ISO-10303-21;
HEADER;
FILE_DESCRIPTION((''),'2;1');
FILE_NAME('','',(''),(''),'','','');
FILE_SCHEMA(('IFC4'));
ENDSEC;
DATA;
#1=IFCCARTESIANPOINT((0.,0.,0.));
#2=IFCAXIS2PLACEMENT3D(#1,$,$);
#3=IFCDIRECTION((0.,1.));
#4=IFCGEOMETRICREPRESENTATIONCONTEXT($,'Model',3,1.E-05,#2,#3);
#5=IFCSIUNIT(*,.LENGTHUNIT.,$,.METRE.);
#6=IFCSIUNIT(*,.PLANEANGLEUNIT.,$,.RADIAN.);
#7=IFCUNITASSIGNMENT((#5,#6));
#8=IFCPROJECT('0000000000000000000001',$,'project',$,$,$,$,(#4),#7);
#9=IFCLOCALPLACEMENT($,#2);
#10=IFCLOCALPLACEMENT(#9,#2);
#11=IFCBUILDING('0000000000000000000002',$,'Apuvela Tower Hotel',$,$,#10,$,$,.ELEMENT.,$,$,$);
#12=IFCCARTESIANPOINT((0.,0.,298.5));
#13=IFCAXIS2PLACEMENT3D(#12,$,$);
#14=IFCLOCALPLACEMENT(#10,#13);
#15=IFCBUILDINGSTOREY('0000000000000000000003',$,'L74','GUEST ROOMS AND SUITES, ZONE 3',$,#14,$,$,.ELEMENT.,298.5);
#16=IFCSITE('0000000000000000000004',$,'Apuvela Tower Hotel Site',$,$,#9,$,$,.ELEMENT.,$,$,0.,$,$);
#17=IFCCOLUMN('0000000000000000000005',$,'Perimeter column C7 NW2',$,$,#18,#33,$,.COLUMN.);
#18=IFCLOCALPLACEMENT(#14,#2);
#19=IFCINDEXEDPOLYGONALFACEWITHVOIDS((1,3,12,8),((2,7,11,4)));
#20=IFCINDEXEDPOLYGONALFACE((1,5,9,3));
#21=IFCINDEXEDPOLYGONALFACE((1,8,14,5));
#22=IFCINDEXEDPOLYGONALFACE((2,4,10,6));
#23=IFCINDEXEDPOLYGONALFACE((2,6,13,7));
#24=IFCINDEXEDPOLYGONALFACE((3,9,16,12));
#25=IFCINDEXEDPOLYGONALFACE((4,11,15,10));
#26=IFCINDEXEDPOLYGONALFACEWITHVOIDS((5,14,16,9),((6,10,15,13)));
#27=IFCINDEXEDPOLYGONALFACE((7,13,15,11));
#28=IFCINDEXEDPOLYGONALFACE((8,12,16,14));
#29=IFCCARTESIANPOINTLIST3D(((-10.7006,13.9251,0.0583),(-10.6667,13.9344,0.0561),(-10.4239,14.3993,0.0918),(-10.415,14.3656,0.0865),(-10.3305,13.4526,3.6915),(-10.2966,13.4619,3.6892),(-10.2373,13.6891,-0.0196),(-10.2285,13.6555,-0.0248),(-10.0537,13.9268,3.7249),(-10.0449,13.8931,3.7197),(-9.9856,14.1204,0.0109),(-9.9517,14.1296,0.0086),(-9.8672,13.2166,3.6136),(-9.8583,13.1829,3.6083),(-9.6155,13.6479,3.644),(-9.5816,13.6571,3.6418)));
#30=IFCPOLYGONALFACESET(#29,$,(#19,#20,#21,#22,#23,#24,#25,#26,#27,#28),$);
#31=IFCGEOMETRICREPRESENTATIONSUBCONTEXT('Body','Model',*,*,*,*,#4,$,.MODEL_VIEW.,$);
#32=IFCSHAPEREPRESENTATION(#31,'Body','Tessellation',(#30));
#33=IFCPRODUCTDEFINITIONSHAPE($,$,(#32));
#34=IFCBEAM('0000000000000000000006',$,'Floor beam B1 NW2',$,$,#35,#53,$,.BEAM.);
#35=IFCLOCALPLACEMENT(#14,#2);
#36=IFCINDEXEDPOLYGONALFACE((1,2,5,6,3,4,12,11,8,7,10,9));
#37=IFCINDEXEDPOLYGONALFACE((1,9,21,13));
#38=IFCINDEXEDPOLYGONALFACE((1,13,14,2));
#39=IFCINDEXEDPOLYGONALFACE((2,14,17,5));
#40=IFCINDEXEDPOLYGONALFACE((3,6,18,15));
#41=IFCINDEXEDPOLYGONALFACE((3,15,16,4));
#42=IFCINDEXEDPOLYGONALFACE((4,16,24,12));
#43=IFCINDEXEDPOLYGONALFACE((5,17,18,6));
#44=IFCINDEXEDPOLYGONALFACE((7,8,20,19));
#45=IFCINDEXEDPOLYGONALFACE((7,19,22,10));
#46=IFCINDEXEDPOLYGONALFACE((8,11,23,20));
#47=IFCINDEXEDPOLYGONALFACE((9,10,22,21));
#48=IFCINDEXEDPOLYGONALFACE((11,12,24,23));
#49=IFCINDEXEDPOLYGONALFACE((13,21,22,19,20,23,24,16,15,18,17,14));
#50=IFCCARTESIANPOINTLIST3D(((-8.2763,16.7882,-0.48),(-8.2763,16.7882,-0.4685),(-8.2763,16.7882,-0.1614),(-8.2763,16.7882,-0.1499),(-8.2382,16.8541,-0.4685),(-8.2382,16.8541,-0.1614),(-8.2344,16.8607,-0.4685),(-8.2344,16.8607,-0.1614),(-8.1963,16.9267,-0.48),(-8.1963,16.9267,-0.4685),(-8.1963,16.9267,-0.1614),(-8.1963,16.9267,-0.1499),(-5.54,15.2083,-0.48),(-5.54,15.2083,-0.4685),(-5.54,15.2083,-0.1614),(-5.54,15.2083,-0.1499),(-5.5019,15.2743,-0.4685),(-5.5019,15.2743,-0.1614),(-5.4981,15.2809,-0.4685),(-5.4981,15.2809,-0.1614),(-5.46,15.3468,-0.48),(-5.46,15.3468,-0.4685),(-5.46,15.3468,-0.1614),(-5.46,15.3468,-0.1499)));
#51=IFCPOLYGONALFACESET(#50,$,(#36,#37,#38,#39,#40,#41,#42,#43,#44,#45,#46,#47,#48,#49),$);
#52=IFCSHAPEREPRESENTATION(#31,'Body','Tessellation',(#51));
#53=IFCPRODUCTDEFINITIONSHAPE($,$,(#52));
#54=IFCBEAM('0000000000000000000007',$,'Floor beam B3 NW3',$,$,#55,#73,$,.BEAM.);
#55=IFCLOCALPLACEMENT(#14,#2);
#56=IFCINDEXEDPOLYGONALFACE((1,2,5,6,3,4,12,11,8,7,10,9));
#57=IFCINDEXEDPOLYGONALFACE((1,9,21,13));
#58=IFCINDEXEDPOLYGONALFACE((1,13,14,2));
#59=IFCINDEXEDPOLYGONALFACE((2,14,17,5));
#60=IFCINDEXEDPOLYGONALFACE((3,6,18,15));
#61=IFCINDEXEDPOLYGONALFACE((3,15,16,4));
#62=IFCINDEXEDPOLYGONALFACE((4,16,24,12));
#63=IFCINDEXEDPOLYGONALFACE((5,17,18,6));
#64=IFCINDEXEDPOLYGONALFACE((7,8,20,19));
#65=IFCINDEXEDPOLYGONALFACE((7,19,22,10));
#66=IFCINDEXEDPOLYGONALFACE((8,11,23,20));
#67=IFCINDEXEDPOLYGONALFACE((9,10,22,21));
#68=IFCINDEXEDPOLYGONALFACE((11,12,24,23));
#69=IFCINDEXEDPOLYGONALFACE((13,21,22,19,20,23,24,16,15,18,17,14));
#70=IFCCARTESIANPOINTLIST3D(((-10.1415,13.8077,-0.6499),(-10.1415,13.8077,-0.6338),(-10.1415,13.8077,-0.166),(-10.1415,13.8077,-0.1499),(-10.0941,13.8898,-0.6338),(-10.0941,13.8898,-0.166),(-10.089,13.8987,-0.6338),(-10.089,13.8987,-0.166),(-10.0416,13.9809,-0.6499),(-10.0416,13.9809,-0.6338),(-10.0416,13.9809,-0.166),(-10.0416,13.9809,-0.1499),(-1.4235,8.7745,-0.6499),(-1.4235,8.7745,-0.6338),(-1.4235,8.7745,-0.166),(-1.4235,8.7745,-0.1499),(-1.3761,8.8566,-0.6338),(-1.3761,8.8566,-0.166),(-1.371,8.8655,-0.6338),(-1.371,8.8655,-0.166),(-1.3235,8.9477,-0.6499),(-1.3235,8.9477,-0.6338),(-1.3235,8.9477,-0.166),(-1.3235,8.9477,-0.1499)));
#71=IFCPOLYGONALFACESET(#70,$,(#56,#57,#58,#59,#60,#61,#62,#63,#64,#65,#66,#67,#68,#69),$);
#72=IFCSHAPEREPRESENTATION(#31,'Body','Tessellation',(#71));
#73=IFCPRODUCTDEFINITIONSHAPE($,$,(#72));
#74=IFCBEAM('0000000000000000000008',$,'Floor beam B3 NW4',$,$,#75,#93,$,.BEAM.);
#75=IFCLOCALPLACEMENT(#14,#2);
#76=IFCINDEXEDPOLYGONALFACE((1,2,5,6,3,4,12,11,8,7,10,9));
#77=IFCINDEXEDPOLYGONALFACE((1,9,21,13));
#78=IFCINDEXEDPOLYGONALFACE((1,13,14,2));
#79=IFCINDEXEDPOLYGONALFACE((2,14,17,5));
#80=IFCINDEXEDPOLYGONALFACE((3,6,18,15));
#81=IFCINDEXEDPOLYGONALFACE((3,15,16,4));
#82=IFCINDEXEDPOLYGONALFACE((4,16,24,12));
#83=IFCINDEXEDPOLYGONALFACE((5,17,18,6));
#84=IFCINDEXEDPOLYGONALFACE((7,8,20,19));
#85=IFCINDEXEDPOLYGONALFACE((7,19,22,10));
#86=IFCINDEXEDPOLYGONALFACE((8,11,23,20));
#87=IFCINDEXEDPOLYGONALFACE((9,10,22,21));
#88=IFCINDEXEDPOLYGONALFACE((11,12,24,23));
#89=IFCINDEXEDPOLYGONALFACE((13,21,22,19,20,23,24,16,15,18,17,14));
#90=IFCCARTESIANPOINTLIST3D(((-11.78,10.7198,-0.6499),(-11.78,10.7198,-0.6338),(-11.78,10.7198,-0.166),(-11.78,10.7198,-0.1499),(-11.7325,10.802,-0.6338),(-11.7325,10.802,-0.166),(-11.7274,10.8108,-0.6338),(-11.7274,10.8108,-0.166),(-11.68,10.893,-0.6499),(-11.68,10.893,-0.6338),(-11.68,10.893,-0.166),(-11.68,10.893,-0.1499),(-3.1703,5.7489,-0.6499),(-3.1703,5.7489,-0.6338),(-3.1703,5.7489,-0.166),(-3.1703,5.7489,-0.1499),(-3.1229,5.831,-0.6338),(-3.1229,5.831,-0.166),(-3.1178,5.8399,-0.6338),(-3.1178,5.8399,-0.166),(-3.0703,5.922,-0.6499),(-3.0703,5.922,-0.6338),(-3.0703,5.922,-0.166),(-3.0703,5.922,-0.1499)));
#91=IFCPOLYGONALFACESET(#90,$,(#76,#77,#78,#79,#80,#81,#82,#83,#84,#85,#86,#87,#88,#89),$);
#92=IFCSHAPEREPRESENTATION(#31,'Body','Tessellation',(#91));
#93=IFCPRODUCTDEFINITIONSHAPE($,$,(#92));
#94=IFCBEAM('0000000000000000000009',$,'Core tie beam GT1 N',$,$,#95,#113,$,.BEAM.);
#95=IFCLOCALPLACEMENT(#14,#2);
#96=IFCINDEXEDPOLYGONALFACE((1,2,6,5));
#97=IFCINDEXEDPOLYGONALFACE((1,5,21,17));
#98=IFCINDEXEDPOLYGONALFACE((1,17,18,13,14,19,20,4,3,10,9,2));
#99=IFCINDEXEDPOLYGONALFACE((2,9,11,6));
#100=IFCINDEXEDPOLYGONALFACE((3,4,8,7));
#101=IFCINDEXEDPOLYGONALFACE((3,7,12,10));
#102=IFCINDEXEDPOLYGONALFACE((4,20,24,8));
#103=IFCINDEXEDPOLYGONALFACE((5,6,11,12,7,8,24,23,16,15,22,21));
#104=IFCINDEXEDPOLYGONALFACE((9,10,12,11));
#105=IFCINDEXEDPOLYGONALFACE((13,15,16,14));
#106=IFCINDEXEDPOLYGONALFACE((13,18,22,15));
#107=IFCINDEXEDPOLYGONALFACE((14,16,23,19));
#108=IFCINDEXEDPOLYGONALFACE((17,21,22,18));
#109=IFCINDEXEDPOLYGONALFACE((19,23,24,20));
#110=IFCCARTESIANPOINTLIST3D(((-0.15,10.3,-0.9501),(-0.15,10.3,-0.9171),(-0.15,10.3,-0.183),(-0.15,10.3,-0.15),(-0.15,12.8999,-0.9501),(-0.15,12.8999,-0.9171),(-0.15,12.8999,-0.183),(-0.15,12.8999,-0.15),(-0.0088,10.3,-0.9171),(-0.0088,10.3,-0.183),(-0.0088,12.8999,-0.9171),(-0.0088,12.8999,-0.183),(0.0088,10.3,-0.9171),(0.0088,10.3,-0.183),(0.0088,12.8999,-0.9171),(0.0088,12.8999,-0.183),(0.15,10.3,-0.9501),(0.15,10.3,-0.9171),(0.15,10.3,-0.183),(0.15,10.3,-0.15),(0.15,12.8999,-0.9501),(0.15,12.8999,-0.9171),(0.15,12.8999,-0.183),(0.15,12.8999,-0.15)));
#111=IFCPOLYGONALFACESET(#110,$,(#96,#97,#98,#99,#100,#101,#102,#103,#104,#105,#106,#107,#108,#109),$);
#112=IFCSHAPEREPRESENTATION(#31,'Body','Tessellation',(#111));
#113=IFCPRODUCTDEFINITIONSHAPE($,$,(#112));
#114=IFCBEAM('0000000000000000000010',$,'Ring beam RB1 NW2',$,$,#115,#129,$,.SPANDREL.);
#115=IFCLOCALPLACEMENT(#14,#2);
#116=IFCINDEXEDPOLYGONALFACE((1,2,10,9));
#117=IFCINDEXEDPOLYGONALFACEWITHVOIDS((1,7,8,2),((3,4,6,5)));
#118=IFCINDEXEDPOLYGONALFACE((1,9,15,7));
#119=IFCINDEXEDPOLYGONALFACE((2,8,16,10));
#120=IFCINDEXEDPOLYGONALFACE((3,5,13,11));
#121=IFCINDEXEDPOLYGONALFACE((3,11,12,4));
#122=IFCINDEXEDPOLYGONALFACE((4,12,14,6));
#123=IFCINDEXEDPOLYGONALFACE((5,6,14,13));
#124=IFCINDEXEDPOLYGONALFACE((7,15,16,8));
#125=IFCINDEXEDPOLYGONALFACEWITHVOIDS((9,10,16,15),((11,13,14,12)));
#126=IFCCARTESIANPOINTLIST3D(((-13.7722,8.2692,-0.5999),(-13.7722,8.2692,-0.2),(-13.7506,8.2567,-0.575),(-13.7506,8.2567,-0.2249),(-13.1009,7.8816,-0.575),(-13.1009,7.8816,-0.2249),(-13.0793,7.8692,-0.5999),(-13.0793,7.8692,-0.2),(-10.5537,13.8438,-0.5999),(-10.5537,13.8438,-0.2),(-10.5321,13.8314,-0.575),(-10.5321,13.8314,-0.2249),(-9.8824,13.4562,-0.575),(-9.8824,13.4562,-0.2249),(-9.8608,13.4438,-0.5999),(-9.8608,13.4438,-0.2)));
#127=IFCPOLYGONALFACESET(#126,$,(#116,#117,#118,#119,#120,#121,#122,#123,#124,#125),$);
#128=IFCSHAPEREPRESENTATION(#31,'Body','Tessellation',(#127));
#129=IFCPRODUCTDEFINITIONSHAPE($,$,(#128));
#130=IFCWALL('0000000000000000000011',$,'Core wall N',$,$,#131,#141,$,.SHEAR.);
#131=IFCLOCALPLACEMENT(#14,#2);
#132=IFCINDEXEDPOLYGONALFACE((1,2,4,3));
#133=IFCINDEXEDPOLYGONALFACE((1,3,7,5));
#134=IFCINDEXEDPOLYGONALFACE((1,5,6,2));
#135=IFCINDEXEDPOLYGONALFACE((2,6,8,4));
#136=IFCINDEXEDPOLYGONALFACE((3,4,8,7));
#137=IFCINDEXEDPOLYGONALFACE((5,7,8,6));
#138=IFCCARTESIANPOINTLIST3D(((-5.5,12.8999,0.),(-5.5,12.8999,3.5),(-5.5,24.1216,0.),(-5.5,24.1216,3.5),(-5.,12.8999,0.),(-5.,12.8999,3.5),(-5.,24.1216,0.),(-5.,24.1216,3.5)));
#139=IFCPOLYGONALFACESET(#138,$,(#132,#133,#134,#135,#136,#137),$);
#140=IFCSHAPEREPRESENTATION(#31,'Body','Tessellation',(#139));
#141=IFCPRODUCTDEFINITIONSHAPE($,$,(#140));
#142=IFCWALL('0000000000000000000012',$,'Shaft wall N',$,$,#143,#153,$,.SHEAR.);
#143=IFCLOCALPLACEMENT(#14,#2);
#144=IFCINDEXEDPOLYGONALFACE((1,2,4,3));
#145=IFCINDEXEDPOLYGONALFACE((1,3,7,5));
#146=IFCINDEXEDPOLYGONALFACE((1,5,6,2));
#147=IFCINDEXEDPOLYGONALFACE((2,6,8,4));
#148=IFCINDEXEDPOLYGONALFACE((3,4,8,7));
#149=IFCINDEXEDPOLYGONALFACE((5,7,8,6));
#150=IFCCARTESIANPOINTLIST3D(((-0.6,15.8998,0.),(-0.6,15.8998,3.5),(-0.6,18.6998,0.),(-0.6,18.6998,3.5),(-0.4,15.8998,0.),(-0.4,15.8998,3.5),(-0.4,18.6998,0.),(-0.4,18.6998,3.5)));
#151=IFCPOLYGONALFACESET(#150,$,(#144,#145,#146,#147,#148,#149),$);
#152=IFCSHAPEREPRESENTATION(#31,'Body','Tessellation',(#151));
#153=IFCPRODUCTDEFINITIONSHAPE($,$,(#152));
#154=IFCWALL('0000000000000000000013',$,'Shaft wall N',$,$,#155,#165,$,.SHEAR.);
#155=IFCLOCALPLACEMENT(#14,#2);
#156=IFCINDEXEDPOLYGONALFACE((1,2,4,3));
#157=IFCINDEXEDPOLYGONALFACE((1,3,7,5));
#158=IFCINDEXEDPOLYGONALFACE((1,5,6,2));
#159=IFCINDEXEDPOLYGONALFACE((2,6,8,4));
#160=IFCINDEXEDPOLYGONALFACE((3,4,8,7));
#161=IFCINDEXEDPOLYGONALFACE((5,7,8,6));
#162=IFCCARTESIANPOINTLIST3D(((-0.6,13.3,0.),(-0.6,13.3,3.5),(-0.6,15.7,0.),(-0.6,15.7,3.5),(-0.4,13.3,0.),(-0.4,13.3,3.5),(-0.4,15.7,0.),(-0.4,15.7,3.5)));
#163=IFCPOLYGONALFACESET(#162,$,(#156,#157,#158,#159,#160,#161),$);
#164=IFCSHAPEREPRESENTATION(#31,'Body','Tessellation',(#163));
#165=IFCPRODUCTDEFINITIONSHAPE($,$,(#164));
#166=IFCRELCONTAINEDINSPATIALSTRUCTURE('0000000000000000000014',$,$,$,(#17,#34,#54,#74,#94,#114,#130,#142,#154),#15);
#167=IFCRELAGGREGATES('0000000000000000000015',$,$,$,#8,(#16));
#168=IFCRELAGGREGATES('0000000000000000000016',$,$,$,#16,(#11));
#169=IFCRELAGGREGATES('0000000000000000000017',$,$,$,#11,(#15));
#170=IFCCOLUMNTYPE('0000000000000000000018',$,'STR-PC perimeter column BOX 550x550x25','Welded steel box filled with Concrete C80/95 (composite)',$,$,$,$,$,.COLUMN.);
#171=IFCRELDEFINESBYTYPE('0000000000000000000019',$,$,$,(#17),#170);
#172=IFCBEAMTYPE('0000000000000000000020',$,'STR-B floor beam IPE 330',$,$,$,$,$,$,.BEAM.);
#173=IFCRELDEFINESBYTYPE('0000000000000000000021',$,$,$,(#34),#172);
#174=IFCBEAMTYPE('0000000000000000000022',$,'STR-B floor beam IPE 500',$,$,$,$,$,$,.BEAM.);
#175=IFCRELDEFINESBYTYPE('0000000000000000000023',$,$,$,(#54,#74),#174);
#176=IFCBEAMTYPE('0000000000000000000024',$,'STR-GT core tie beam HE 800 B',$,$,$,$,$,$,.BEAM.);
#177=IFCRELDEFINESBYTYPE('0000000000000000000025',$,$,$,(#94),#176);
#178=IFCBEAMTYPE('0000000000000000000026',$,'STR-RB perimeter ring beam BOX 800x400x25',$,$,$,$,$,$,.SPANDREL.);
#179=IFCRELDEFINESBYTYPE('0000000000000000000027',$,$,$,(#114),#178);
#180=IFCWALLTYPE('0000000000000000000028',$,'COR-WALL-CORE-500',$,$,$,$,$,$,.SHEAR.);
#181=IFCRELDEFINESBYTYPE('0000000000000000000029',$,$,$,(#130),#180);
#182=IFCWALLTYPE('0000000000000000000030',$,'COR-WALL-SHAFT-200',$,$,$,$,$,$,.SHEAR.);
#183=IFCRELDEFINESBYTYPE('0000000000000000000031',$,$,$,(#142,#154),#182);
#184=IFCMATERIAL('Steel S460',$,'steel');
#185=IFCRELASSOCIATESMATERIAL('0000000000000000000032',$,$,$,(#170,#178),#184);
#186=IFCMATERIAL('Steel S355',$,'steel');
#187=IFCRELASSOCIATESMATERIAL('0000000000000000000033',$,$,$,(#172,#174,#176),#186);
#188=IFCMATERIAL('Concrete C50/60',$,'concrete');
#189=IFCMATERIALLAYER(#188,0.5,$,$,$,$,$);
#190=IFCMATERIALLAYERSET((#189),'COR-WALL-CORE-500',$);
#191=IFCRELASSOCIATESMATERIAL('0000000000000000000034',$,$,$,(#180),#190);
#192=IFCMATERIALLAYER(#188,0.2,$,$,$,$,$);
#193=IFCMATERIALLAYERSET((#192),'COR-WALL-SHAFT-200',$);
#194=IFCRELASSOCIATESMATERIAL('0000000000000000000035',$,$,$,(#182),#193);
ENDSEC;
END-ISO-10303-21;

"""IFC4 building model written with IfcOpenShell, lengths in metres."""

from ifc_helpers import new_model, si_unit, direction, frame, frame_2d, origin, origin_2d, place, context, subcontext, project, spatial, rectangle, hollow_rectangle, i_section, extrude, boolean, halfspace, material, layer, layer_set, material_profile, profile_set, type_object, element, save


model = new_model("IFC4")

# Units and contexts
model_context = context("Model", 3, precision=1e-05, world=origin(), true_north=direction((0.0, 1.0)))
body_context = subcontext(model_context, "Body", "Model", "MODEL_VIEW")
ifc_project = project(units=[si_unit("LENGTHUNIT", "METRE"), si_unit("PLANEANGLEUNIT", "RADIAN")], contexts=[model_context])

# Site, building, storey
site_placement = place(None, origin())
site = spatial("IfcSite", under=ifc_project, at=site_placement, Name="Apuvela Tower Hotel Site", CompositionType="ELEMENT", RefElevation=0.0)
building_placement = place(site_placement, origin())
building = spatial("IfcBuilding", under=site, at=building_placement, Name="Apuvela Tower Hotel", CompositionType="ELEMENT")
storey_placement = place(building_placement, frame((0.0, 0.0, 298.5)))
storey = spatial("IfcBuildingStorey", under=building, at=storey_placement, Name="L74", Description="GUEST ROOMS AND SUITES, ZONE 3", CompositionType="ELEMENT", Elevation=298.5)

# Column
ifc_material_1 = material(Name="Steel S460", Category="steel")
ifc_material_profile_1 = material_profile(ifc_material_1, hollow_rectangle(XDim=0.55, YDim=0.55, WallThickness=0.0249, at=origin_2d()), Name="BOX 550x550x25")
ifc_material_2 = material(Name="Concrete C80/95", Category="concrete")
ifc_material_profile_2 = material_profile(ifc_material_2, rectangle(XDim=0.5, YDim=0.5, at=origin_2d()), Name="Concrete C80/95 infill")
ifc_profile_set_1 = profile_set([ifc_material_profile_1, ifc_material_profile_2], Name="Steel S460")
column_type = type_object("IfcColumnType", Name="STR-PC perimeter column BOX 550x550x25", Description="Welded steel box filled with Concrete C80/95 (composite)", PredefinedType="COLUMN", material=ifc_profile_set_1)
column_placement = place(storey_placement, frame((-10.3296, 14.0317, 0.0), z_axis=(0.100518, -0.128317, 0.986626), x_axis=(0.503129, 0.862066, 0.060858)))
element("IfcColumn", 1, at=column_placement, inside=storey, type_object=column_type, Name="Perimeter column C7 NW2", PredefinedType="COLUMN", context=body_context, shape_type="SweptSolid", body=[
    boolean("DIFFERENCE", boolean("DIFFERENCE", extrude(hollow_rectangle(XDim=0.55, YDim=0.55, WallThickness=0.0249, at=origin_2d()), origin(), (0.0, 0.0, 1.0), 3.75), halfspace(frame((0.0, 0.0, 0.0339), z_axis=(0.0, 0.0, 1.0), x_axis=(1.0, 0.0, 0.0)), True)), halfspace(frame((0.0, 0.0, 3.7163), z_axis=(0.0, 0.0, 1.0), x_axis=(1.0, 0.0, 0.0)), False)),
])

# Beams
ifc_material_3 = material(Name="Steel S355", Category="steel")
ifc_material_profile_3 = material_profile(ifc_material_3, i_section(OverallWidth=0.1599, OverallDepth=0.3301, WebThickness=0.0076, FlangeThickness=0.0115, at=origin_2d()), Name="IPE 330")
ifc_profile_set_2 = profile_set([ifc_material_profile_3], Name="Steel S355")
beam_type_1 = type_object("IfcBeamType", Name="STR-B floor beam IPE 330", PredefinedType="BEAM", material=ifc_profile_set_2)
beam_1_placement = place(storey_placement, frame((-8.2363, 16.8574, -0.3149), z_axis=(0.866023, -0.500003, 0.0), x_axis=(0.500003, 0.866023, 0.0)))
element("IfcBeam", 2, at=beam_1_placement, inside=storey, type_object=beam_type_1, Name="Floor beam B1 NW2", PredefinedType="BEAM", context=body_context, shape_type="SweptSolid", body=[
    extrude(i_section(OverallWidth=0.1599, OverallDepth=0.3301, WebThickness=0.0076, FlangeThickness=0.0115, at=origin_2d()), origin(), (0.0, 0.0, 1.0), 3.1597),
])
ifc_material_profile_4 = material_profile(ifc_material_3, i_section(OverallWidth=0.2, OverallDepth=0.5, WebThickness=0.0103, FlangeThickness=0.0161, at=origin_2d()), Name="IPE 500")
ifc_profile_set_3 = profile_set([ifc_material_profile_4], Name="Steel S355")
beam_type_2 = type_object("IfcBeamType", Name="STR-B floor beam IPE 500", PredefinedType="BEAM", material=ifc_profile_set_3)
beam_2_placement = place(storey_placement, frame((-10.0916, 13.8943, -0.3999), z_axis=(0.866032, -0.499989, 0.0), x_axis=(0.499989, 0.866032, 0.0)))
element("IfcBeam", 3, at=beam_2_placement, inside=storey, type_object=beam_type_2, Name="Floor beam B3 NW3", PredefinedType="BEAM", context=body_context, shape_type="SweptSolid", body=[
    extrude(i_section(OverallWidth=0.2, OverallDepth=0.5, WebThickness=0.0103, FlangeThickness=0.0161, at=origin_2d()), origin(), (0.0, 0.0, 1.0), 10.0667),
])
beam_3_placement = place(storey_placement, frame((-11.73, 10.8064, -0.3999), z_axis=(0.866018, -0.500014, 0.0), x_axis=(0.500014, 0.866018, 0.0)))
element("IfcBeam", 4, at=beam_3_placement, inside=storey, type_object=beam_type_2, Name="Floor beam B3 NW4", PredefinedType="BEAM", context=body_context, shape_type="SweptSolid", body=[
    extrude(i_section(OverallWidth=0.2, OverallDepth=0.5, WebThickness=0.0103, FlangeThickness=0.0161, at=origin_2d()), origin(), (0.0, 0.0, 1.0), 9.9417),
])
ifc_material_profile_5 = material_profile(ifc_material_3, i_section(OverallWidth=0.3, OverallDepth=0.8, WebThickness=0.0176, FlangeThickness=0.033, at=origin_2d()), Name="HE 800 B")
ifc_profile_set_4 = profile_set([ifc_material_profile_5], Name="Steel S355")
beam_type_3 = type_object("IfcBeamType", Name="STR-GT core tie beam HE 800 B", PredefinedType="BEAM", material=ifc_profile_set_4)
beam_4_placement = place(storey_placement, frame((0.0, 12.8999, -0.55), z_axis=(0.0, -1.0, 0.0), x_axis=(1.0, 0.0, 0.0)))
element("IfcBeam", 5, at=beam_4_placement, inside=storey, type_object=beam_type_3, Name="Core tie beam GT1 N", PredefinedType="BEAM", context=body_context, shape_type="SweptSolid", body=[
    extrude(i_section(OverallWidth=0.3, OverallDepth=0.8, WebThickness=0.0176, FlangeThickness=0.033, at=origin_2d()), origin(), (0.0, 0.0, 1.0), 2.5999),
])
ifc_material_profile_6 = material_profile(ifc_material_1, hollow_rectangle(XDim=0.8, YDim=0.3999, WallThickness=0.0249, at=origin_2d()), Name="BOX 800x400x25")
ifc_profile_set_5 = profile_set([ifc_material_profile_6], Name="Steel S460")
beam_type_4 = type_object("IfcBeamType", Name="STR-RB perimeter ring beam BOX 800x400x25", PredefinedType="SPANDREL", material=ifc_profile_set_5)
beam_5_placement = place(storey_placement, frame((-10.2073, 13.6438, -0.3999), z_axis=(-0.499994, -0.866029, 0.0), x_axis=(0.866029, -0.499994, 0.0)))
element("IfcBeam", 6, at=beam_5_placement, inside=storey, type_object=beam_type_4, Name="Ring beam RB1 NW2", PredefinedType="SPANDREL", context=body_context, shape_type="SweptSolid", body=[
    extrude(hollow_rectangle(XDim=0.8, YDim=0.3999, WallThickness=0.0249, at=origin_2d()), origin(), (0.0, 0.0, 1.0), 6.437),
])

# Walls
ifc_material_4 = material(Name="Concrete C50/60", Category="concrete")
ifc_layer_1 = layer(ifc_material_4, 0.5)
ifc_layer_set_1 = layer_set([ifc_layer_1], Name="COR-WALL-CORE-500")
wall_type_1 = type_object("IfcWallType", Name="COR-WALL-CORE-500", PredefinedType="SHEAR", material=ifc_layer_set_1)
wall_1_placement = place(storey_placement, frame((-5.25, 12.8999, 0.0), z_axis=(0.0, 0.0, 1.0), x_axis=(0.0, 1.0, 0.0)))
element("IfcWall", 7, at=wall_1_placement, inside=storey, type_object=wall_type_1, Name="Core wall N", PredefinedType="SHEAR", context=body_context, shape_type="SweptSolid", body=[
    extrude(rectangle(XDim=11.2217, YDim=0.5, at=frame_2d((5.6108, 0.0))), origin(), (0.0, 0.0, 1.0), 3.5),
])
ifc_layer_2 = layer(ifc_material_4, 0.2)
ifc_layer_set_2 = layer_set([ifc_layer_2], Name="COR-WALL-SHAFT-200")
wall_type_2 = type_object("IfcWallType", Name="COR-WALL-SHAFT-200", PredefinedType="SHEAR", material=ifc_layer_set_2)
wall_2_placement = place(storey_placement, frame((-0.5, 15.8999, 0.0), z_axis=(0.0, 0.0, 1.0), x_axis=(0.0, 1.0, 0.0)))
element("IfcWall", 8, at=wall_2_placement, inside=storey, type_object=wall_type_2, Name="Shaft wall N", PredefinedType="SHEAR", context=body_context, shape_type="SweptSolid", body=[
    extrude(rectangle(XDim=2.8, YDim=0.2, at=frame_2d((1.3999, 0.0))), origin(), (0.0, 0.0, 1.0), 3.5),
])
wall_3_placement = place(storey_placement, frame((-0.5, 13.3, 0.0), z_axis=(0.0, 0.0, 1.0), x_axis=(0.0, 1.0, 0.0)))
element("IfcWall", 9, at=wall_3_placement, inside=storey, type_object=wall_type_2, Name="Shaft wall N", PredefinedType="SHEAR", context=body_context, shape_type="SweptSolid", body=[
    extrude(rectangle(XDim=2.3999, YDim=0.2, at=frame_2d((1.2, 0.0))), origin(), (0.0, 0.0, 1.0), 3.5),
])

save(model, "model.ifc")
